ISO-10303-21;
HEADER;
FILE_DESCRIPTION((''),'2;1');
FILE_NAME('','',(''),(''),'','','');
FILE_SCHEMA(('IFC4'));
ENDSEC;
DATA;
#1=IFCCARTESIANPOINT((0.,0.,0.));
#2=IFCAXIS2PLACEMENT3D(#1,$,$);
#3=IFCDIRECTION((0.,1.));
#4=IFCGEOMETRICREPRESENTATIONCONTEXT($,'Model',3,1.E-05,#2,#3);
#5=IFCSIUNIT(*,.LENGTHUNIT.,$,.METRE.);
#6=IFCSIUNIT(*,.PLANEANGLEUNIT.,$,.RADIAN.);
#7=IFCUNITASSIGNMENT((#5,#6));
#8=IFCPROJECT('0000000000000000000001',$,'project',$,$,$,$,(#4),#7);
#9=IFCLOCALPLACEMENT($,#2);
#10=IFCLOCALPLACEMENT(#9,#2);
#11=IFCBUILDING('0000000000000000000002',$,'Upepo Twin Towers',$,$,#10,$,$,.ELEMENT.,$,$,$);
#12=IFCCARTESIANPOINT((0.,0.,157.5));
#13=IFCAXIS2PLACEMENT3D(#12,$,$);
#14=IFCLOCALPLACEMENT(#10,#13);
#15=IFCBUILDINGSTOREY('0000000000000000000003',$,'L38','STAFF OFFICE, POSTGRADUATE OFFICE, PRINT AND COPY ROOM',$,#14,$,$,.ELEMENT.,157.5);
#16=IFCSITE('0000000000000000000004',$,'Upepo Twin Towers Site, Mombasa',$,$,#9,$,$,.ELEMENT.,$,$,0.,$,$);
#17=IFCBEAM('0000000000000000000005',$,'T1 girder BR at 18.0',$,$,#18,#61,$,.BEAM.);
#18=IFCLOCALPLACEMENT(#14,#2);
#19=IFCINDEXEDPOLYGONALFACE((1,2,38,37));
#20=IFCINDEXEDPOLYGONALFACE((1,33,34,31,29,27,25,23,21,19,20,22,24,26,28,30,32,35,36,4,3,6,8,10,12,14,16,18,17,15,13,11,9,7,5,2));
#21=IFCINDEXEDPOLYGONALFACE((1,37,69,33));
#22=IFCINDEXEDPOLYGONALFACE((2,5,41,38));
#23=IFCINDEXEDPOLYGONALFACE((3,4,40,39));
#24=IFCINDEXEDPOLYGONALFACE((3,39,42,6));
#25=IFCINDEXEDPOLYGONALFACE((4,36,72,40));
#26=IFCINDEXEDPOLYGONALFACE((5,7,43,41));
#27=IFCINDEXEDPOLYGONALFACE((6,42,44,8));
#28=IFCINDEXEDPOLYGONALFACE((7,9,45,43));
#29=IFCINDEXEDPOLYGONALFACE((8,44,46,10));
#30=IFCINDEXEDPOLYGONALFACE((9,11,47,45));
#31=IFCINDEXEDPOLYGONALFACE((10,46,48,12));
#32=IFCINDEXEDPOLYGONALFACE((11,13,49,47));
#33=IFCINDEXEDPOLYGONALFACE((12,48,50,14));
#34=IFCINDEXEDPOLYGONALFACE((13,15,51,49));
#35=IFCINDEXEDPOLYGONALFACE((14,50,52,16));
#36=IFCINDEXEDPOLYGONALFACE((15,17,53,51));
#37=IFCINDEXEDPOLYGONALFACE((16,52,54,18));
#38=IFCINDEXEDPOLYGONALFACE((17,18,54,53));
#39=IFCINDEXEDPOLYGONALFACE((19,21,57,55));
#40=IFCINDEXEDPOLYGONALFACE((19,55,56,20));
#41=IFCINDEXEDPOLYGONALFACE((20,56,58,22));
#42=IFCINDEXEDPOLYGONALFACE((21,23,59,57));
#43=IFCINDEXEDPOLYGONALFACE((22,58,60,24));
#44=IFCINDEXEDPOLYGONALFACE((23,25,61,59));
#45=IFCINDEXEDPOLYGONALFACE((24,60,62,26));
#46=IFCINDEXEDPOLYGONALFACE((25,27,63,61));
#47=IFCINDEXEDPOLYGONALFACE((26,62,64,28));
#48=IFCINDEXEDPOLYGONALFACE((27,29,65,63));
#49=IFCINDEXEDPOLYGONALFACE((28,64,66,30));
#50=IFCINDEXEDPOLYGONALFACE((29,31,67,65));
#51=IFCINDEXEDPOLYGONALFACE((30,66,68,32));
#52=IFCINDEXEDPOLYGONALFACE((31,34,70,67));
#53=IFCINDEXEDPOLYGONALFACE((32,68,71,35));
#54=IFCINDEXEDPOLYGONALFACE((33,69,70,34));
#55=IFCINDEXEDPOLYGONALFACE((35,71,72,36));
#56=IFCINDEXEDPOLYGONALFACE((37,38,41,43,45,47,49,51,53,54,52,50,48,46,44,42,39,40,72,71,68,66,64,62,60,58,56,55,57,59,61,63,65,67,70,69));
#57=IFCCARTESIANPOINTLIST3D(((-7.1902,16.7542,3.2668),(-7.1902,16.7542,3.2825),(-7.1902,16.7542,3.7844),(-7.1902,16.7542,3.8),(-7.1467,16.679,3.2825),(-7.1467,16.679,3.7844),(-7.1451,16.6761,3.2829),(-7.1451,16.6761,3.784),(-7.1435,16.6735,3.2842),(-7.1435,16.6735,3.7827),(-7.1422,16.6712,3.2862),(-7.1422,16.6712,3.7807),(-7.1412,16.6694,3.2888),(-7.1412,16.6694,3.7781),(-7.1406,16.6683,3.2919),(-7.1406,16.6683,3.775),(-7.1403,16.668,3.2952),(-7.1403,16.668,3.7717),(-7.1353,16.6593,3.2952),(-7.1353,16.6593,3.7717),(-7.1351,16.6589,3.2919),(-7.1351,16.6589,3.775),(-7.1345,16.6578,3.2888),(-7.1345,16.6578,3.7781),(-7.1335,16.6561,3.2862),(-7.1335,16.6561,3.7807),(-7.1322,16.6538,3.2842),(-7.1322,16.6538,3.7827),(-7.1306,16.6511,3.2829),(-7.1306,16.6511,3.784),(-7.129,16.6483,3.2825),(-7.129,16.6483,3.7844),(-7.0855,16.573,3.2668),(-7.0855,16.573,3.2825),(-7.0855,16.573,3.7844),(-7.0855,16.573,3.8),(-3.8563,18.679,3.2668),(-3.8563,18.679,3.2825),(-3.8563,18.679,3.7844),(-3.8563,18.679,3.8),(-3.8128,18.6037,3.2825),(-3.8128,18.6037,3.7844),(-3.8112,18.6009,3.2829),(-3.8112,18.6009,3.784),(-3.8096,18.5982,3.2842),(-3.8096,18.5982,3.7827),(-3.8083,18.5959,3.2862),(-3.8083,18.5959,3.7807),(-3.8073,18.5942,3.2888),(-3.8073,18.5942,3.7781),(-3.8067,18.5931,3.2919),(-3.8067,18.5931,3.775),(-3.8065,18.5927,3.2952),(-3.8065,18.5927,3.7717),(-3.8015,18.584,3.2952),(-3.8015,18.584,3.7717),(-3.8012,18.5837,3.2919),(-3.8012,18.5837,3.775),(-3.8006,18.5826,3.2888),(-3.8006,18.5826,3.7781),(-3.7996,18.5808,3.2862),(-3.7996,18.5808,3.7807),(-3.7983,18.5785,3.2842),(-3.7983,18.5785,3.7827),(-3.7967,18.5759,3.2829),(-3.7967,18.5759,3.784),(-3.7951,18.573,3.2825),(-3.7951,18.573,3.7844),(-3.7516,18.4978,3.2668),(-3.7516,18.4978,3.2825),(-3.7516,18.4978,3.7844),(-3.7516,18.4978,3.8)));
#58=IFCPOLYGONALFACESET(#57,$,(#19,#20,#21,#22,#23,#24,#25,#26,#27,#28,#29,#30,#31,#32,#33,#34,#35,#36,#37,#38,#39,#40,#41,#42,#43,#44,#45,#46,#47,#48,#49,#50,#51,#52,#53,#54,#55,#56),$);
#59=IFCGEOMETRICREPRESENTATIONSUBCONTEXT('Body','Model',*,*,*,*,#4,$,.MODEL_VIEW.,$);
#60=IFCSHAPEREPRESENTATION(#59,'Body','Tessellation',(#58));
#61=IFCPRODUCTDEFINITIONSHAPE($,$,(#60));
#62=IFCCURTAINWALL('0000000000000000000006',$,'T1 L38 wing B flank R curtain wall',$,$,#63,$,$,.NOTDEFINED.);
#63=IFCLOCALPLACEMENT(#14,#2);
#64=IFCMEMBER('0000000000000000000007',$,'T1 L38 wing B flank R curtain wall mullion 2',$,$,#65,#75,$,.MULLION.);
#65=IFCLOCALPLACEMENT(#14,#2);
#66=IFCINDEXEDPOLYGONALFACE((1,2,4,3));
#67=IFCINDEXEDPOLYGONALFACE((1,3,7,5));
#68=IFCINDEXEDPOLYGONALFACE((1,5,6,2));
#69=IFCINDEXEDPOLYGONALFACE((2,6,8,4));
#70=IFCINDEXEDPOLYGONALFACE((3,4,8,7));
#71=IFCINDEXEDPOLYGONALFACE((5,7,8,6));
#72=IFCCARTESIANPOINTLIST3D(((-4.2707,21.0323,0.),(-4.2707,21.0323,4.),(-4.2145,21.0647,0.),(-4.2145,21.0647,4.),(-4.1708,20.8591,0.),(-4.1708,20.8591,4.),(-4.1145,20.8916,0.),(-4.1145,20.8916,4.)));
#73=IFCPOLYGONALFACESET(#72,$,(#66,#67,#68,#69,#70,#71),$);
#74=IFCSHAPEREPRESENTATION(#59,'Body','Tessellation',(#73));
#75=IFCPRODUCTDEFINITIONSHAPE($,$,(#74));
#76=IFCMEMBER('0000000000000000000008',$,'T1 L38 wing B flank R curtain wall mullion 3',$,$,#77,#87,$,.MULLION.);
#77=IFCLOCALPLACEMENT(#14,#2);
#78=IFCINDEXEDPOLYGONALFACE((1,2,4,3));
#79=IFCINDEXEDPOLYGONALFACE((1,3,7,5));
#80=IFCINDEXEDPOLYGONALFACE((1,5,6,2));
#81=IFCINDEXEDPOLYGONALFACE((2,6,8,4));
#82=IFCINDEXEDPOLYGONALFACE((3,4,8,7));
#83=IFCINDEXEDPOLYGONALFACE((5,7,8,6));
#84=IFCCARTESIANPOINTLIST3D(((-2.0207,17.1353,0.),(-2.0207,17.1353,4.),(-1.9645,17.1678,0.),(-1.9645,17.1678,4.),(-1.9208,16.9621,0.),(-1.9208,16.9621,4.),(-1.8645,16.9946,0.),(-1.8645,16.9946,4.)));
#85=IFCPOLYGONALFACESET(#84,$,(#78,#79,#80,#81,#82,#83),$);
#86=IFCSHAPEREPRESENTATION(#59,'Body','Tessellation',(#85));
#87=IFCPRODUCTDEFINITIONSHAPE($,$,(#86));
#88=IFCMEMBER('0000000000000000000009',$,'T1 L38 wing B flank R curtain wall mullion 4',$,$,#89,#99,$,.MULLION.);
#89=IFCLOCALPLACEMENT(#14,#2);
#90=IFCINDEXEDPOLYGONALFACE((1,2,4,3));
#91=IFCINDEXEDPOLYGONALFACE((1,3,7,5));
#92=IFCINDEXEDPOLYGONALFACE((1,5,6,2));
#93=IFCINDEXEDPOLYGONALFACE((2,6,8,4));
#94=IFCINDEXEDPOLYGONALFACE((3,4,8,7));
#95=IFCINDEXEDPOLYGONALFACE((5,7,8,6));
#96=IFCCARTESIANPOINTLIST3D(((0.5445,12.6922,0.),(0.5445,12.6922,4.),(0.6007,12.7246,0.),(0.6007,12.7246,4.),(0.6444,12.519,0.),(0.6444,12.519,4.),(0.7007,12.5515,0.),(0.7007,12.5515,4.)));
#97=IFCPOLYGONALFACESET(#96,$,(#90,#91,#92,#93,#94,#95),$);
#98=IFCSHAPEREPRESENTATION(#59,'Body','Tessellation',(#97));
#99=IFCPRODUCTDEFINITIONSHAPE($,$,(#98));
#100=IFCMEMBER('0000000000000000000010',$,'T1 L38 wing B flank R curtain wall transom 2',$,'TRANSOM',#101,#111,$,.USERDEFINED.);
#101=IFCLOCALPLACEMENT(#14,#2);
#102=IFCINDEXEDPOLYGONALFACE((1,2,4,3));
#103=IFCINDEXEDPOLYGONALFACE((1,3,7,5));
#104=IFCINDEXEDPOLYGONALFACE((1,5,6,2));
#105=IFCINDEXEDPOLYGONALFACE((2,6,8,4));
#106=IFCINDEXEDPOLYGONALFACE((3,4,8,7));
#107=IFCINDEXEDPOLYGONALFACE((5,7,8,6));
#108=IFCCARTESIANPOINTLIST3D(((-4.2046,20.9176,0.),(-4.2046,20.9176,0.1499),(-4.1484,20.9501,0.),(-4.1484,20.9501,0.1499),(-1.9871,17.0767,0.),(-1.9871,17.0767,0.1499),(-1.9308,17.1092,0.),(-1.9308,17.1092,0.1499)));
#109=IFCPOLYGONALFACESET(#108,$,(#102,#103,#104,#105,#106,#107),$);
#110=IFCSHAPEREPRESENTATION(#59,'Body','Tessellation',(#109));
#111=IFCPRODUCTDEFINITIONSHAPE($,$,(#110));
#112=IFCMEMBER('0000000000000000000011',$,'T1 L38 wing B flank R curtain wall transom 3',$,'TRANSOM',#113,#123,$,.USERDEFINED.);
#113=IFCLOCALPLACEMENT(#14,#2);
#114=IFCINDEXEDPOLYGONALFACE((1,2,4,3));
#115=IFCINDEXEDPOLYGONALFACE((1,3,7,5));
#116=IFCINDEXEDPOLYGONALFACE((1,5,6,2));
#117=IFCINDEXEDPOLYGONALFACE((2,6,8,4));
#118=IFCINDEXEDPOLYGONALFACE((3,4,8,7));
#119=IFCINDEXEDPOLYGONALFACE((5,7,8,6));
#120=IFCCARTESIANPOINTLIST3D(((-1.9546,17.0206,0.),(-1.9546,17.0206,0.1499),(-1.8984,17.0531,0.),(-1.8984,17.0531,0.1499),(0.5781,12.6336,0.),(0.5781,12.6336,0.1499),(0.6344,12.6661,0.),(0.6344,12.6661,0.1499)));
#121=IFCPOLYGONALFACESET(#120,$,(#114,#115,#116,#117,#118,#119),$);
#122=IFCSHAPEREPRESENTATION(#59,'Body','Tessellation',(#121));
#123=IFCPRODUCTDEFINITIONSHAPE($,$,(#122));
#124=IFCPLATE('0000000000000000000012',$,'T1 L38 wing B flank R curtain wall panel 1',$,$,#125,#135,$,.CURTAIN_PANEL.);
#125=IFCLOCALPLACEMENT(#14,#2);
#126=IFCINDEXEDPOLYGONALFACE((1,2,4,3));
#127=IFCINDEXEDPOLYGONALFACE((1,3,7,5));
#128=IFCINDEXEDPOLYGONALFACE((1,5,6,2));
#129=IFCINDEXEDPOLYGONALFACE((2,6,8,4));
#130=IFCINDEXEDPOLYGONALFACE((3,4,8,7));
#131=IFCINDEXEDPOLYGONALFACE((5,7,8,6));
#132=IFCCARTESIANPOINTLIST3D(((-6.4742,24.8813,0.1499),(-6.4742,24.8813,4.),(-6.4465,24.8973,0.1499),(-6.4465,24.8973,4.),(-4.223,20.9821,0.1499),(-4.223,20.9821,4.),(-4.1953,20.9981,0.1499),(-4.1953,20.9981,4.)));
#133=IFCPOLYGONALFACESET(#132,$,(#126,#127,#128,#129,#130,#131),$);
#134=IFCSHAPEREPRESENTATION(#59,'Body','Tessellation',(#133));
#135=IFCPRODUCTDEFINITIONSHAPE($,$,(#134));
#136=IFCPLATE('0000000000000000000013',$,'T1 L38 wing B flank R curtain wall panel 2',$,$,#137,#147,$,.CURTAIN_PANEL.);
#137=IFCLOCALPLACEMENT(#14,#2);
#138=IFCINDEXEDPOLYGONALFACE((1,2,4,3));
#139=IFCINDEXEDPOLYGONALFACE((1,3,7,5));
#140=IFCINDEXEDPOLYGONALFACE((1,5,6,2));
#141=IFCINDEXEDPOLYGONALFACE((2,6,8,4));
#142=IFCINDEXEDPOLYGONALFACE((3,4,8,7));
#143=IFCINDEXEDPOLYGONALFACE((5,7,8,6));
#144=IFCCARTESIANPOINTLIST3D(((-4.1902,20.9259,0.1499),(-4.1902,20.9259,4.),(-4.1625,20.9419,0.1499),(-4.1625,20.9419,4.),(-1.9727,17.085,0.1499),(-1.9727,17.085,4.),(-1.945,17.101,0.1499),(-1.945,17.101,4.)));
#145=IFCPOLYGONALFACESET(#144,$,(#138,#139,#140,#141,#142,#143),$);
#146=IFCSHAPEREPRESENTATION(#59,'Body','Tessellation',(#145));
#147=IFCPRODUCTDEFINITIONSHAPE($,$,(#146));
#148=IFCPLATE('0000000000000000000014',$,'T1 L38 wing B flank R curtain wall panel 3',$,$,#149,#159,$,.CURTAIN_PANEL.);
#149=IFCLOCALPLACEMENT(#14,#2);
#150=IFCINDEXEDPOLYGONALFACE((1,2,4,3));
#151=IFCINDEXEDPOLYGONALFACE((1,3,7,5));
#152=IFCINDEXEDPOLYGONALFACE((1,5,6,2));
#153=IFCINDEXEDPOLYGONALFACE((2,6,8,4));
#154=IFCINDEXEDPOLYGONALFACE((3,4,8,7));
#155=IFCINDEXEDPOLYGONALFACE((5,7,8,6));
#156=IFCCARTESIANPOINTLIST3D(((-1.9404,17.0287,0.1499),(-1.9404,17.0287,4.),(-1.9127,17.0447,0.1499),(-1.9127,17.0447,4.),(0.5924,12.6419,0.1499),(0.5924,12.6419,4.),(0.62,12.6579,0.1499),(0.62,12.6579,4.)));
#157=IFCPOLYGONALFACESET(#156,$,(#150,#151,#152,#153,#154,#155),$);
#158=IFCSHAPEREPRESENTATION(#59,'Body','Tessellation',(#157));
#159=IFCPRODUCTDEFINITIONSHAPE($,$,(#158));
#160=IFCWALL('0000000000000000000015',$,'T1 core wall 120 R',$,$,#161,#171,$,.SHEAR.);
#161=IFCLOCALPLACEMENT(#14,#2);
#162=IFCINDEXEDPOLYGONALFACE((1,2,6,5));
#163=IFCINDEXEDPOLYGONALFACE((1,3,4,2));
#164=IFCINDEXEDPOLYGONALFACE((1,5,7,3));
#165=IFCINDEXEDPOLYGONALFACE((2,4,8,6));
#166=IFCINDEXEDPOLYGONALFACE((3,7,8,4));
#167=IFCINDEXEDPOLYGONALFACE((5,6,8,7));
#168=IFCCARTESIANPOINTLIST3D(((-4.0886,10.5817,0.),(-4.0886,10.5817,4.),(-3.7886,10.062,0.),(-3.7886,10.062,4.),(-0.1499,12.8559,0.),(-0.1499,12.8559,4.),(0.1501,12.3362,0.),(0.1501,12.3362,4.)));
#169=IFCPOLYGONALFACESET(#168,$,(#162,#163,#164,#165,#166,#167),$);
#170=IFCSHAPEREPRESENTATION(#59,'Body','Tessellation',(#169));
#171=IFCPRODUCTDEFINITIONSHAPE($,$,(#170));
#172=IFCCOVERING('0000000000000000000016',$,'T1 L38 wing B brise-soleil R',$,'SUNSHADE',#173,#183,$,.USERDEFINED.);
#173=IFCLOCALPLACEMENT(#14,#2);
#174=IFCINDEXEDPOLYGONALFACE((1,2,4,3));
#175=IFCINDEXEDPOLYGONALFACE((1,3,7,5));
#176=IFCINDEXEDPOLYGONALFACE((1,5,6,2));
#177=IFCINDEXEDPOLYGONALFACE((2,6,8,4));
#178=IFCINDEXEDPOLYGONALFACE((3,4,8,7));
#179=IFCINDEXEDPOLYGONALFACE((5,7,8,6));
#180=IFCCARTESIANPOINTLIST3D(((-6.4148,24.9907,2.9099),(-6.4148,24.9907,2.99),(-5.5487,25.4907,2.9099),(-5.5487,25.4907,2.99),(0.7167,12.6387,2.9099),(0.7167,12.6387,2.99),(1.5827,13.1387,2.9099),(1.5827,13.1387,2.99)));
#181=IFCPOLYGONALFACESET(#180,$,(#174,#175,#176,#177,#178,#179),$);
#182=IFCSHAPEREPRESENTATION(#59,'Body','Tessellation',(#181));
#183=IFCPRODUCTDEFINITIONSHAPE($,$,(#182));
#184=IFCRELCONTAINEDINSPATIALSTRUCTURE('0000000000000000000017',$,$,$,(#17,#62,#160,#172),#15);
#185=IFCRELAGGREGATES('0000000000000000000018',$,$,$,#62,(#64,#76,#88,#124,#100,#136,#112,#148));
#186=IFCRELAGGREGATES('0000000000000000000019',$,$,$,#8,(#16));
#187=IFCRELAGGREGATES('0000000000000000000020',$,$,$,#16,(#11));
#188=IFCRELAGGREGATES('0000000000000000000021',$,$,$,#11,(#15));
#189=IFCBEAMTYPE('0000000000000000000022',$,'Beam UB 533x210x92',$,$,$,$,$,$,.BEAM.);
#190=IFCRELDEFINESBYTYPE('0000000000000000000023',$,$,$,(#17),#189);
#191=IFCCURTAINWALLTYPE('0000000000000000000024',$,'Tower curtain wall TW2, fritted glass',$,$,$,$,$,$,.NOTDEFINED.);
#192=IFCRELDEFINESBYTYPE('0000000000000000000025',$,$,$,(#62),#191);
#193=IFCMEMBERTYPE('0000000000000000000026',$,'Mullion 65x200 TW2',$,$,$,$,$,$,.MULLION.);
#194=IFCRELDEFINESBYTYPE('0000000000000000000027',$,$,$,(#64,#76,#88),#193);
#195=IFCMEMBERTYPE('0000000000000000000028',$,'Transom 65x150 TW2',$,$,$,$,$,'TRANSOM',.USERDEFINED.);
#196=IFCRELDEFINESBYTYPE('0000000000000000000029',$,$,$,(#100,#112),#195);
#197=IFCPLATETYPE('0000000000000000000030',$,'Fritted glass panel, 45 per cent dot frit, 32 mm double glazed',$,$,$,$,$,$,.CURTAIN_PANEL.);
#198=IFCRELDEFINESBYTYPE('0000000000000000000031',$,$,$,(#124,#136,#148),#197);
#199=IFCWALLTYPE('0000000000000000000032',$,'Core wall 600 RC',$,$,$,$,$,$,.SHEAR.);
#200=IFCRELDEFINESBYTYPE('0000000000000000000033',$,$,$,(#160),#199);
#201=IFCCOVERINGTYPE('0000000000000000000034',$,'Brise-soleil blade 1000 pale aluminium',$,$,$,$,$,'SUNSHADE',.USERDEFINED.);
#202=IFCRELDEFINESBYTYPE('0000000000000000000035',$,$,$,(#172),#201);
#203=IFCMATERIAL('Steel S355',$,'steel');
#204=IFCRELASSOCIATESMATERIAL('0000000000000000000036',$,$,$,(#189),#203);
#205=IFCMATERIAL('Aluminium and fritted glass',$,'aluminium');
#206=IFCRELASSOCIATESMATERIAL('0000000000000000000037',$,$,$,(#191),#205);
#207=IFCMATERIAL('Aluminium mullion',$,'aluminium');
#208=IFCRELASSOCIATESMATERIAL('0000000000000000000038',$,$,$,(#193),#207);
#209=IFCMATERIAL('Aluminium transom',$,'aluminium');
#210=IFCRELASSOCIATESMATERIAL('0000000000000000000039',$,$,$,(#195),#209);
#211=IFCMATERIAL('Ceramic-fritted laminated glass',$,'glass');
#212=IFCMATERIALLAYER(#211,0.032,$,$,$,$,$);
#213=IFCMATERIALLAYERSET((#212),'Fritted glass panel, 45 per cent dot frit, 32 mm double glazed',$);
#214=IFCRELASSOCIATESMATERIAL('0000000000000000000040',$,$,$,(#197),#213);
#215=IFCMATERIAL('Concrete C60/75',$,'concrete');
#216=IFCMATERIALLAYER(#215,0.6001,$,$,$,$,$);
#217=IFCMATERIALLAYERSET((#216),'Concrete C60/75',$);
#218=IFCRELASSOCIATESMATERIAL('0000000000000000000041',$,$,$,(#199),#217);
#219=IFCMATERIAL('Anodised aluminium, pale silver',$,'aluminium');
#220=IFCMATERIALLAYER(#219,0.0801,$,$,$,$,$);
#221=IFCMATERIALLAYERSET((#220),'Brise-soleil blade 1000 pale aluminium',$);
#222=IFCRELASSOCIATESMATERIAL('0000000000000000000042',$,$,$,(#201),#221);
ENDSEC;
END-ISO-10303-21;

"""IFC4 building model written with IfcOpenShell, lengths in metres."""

from ifc_helpers import new_model, si_unit, direction, frame, frame_2d, origin, origin_2d, place, context, subcontext, project, spatial, rectangle, i_section, extrude, material, layer, layer_set, material_profile, profile_set, type_object, element, aggregate, save


model = new_model("IFC4")

# Units and contexts
model_context = context("Model", 3, precision=1e-05, world=origin(), true_north=direction((0.0, 1.0)))
body_context = subcontext(model_context, "Body", "Model", "MODEL_VIEW")
ifc_project = project(units=[si_unit("LENGTHUNIT", "METRE"), si_unit("PLANEANGLEUNIT", "RADIAN")], contexts=[model_context])

# Site, building, storey
site_placement = place(None, origin())
site = spatial("IfcSite", under=ifc_project, at=site_placement, Name="Upepo Twin Towers Site, Mombasa", CompositionType="ELEMENT", RefElevation=0.0)
building_placement = place(site_placement, origin())
building = spatial("IfcBuilding", under=site, at=building_placement, Name="Upepo Twin Towers", CompositionType="ELEMENT")
storey_placement = place(building_placement, frame((0.0, 0.0, 157.5)))
storey = spatial("IfcBuildingStorey", under=building, at=storey_placement, Name="L38", Description="STAFF OFFICE, POSTGRADUATE OFFICE, PRINT AND COPY ROOM", CompositionType="ELEMENT", Elevation=157.5)

# Beam
ifc_material_1 = material(Name="Steel S355", Category="steel")
ifc_material_profile_1 = material_profile(ifc_material_1, i_section(OverallWidth=0.2092, OverallDepth=0.5332, WebThickness=0.01, FlangeThickness=0.0156, FilletRadius=0.0127, at=origin_2d()), Name="UB 533x210x92")
ifc_profile_set_1 = profile_set([ifc_material_profile_1], Name="Steel S355")
beam_type_1 = type_object("IfcBeamType", Name="Beam UB 533x210x92", PredefinedType="BEAM", material=ifc_profile_set_1)
beam_1_placement = place(storey_placement, frame((-3.804, 18.5884, 3.5334), z_axis=(-0.866034, -0.499986, 0.0), x_axis=(0.499986, -0.866034, 0.0)))
element("IfcBeam", 1, at=beam_1_placement, inside=storey, type_object=beam_type_1, Name="T1 girder BR at 18.0", PredefinedType="BEAM", context=body_context, shape_type="SweptSolid", body=[
    extrude(i_section(OverallWidth=0.2092, OverallDepth=0.5332, WebThickness=0.01, FlangeThickness=0.0156, FilletRadius=0.0127, at=origin_2d()), origin(), (0.0, 0.0, 1.0), 3.8496),
])

# Curtain wall, members, plates
ifc_material_2 = material(Name="Aluminium and fritted glass", Category="aluminium")
curtain_wall_type = type_object("IfcCurtainWallType", Name="Tower curtain wall TW2, fritted glass", PredefinedType="NOTDEFINED", material=ifc_material_2)
curtain_wall_placement = place(storey_placement, origin())
curtain_wall = element("IfcCurtainWall", 2, at=curtain_wall_placement, inside=storey, type_object=curtain_wall_type, Name="T1 L38 wing B flank R curtain wall", PredefinedType="NOTDEFINED")
ifc_material_3 = material(Name="Aluminium mullion", Category="aluminium")
ifc_material_profile_2 = material_profile(ifc_material_3, rectangle(XDim=0.0649, YDim=0.2, at=origin_2d()), Name="MULLION 65x200")
ifc_profile_set_2 = profile_set([ifc_material_profile_2], Name="Aluminium mullion")
member_type_1 = type_object("IfcMemberType", Name="Mullion 65x200 TW2", PredefinedType="MULLION", material=ifc_profile_set_2)
member_1_placement = place(storey_placement, frame((-4.1926, 20.9619, 0.0), z_axis=(0.0, 0.0, 1.0), x_axis=(0.866025, 0.5, 0.0)))
member_1 = element("IfcMember", 3, at=member_1_placement, type_object=member_type_1, Name="T1 L38 wing B flank R curtain wall mullion 2", PredefinedType="MULLION", context=body_context, shape_type="SweptSolid", body=[
    extrude(rectangle(XDim=0.0649, YDim=0.2, at=origin_2d()), origin(), (0.0, 0.0, 1.0), 4.0),
])
member_2_placement = place(storey_placement, frame((-1.9426, 17.0649, 0.0), z_axis=(0.0, 0.0, 1.0), x_axis=(0.866025, 0.5, 0.0)))
member_2 = element("IfcMember", 4, at=member_2_placement, type_object=member_type_1, Name="T1 L38 wing B flank R curtain wall mullion 3", PredefinedType="MULLION", context=body_context, shape_type="SweptSolid", body=[
    extrude(rectangle(XDim=0.0649, YDim=0.2, at=origin_2d()), origin(), (0.0, 0.0, 1.0), 4.0),
])
member_3_placement = place(storey_placement, frame((0.6226, 12.6218, 0.0), z_axis=(0.0, 0.0, 1.0), x_axis=(0.866025, 0.5, 0.0)))
member_3 = element("IfcMember", 5, at=member_3_placement, type_object=member_type_1, Name="T1 L38 wing B flank R curtain wall mullion 4", PredefinedType="MULLION", context=body_context, shape_type="SweptSolid", body=[
    extrude(rectangle(XDim=0.0649, YDim=0.2, at=origin_2d()), origin(), (0.0, 0.0, 1.0), 4.0),
])
ifc_material_4 = material(Name="Aluminium transom", Category="aluminium")
ifc_material_profile_3 = material_profile(ifc_material_4, rectangle(XDim=0.0649, YDim=0.1499, at=origin_2d()), Name="TRANSOM 65x150")
ifc_profile_set_3 = profile_set([ifc_material_profile_3], Name="Aluminium transom")
member_type_2 = type_object("IfcMemberType", Name="Transom 65x150 TW2", ElementType="TRANSOM", PredefinedType="USERDEFINED", material=ifc_profile_set_3)
member_4_placement = place(storey_placement, frame((-4.1765, 20.9338, 0.075), z_axis=(0.500005, -0.866022, 0.0), x_axis=(0.866022, 0.500005, 0.0)))
member_4 = element("IfcMember", 6, at=member_4_placement, type_object=member_type_2, Name="T1 L38 wing B flank R curtain wall transom 2", ObjectType="TRANSOM", PredefinedType="USERDEFINED", context=body_context, shape_type="SweptSolid", body=[
    extrude(rectangle(XDim=0.0649, YDim=0.1499, at=origin_2d()), origin(), (0.0, 0.0, 1.0), 4.4351),
])
member_5_placement = place(storey_placement, frame((-1.9265, 17.0369, 0.075), z_axis=(0.499985, -0.866034, 0.0), x_axis=(0.866034, 0.499985, 0.0)))
member_5 = element("IfcMember", 7, at=member_5_placement, type_object=member_type_2, Name="T1 L38 wing B flank R curtain wall transom 3", ObjectType="TRANSOM", PredefinedType="USERDEFINED", context=body_context, shape_type="SweptSolid", body=[
    extrude(rectangle(XDim=0.0649, YDim=0.1499, at=origin_2d()), origin(), (0.0, 0.0, 1.0), 5.0657),
])
ifc_material_5 = material(Name="Ceramic-fritted laminated glass", Category="glass")
ifc_layer_1 = layer(ifc_material_5, 0.032)
ifc_layer_set_1 = layer_set([ifc_layer_1], Name="Fritted glass panel, 45 per cent dot frit, 32 mm double glazed")
plate_type = type_object("IfcPlateType", Name="Fritted glass panel, 45 per cent dot frit, 32 mm double glazed", PredefinedType="CURTAIN_PANEL", material=ifc_layer_set_1)
plate_1_placement = place(storey_placement, frame((-5.3347, 22.9397, 0.1499), z_axis=(0.0, 0.0, 1.0), x_axis=(0.5, -0.866025, 0.0)))
plate_1 = element("IfcPlate", 8, at=plate_1_placement, type_object=plate_type, Name="T1 L38 wing B flank R curtain wall panel 1", PredefinedType="CURTAIN_PANEL", context=body_context, shape_type="SweptSolid", body=[
    extrude(rectangle(XDim=4.5024, YDim=0.032, at=origin_2d()), origin(), (0.0, 0.0, 1.0), 3.8501),
])
plate_2_placement = place(storey_placement, frame((-3.0676, 19.0134, 0.1499), z_axis=(0.0, 0.0, 1.0), x_axis=(0.5, -0.866025, 0.0)))
plate_2 = element("IfcPlate", 9, at=plate_2_placement, type_object=plate_type, Name="T1 L38 wing B flank R curtain wall panel 2", PredefinedType="CURTAIN_PANEL", context=body_context, shape_type="SweptSolid", body=[
    extrude(rectangle(XDim=4.4351, YDim=0.032, at=origin_2d()), origin(), (0.0, 0.0, 1.0), 3.8501),
])
plate_3_placement = place(storey_placement, frame((-0.6602, 14.8433, 0.1499), z_axis=(0.0, 0.0, 1.0), x_axis=(0.5, -0.866025, 0.0)))
plate_3 = element("IfcPlate", 10, at=plate_3_placement, type_object=plate_type, Name="T1 L38 wing B flank R curtain wall panel 3", PredefinedType="CURTAIN_PANEL", context=body_context, shape_type="SweptSolid", body=[
    extrude(rectangle(XDim=5.0654, YDim=0.032, at=origin_2d()), origin(), (0.0, 0.0, 1.0), 3.8501),
])
aggregate(curtain_wall, [member_1, member_2, member_3, plate_1, member_4, plate_2, member_5, plate_3])

# Wall
ifc_material_6 = material(Name="Concrete C60/75", Category="concrete")
ifc_layer_2 = layer(ifc_material_6, 0.6001)
ifc_layer_set_2 = layer_set([ifc_layer_2], Name="Concrete C60/75")
wall_type = type_object("IfcWallType", Name="Core wall 600 RC", PredefinedType="SHEAR", material=ifc_layer_set_2)
wall_placement = place(storey_placement, frame((0.0, 12.5959, 0.0), z_axis=(0.0, 0.0, 1.0), x_axis=(-0.866011, -0.500024, 0.0)))
element("IfcWall", 11, at=wall_placement, inside=storey, type_object=wall_type, Name="T1 core wall 120 R", PredefinedType="SHEAR", context=body_context, shape_type="SweptSolid", body=[
    extrude(rectangle(XDim=4.5481, YDim=0.6001, at=frame_2d((2.2739, 0.0))), origin(), (0.0, 0.0, 1.0), 4.0),
])

# Covering
ifc_material_7 = material(Name="Anodised aluminium, pale silver", Category="aluminium")
ifc_layer_3 = layer(ifc_material_7, 0.0801)
ifc_layer_set_3 = layer_set([ifc_layer_3], Name="Brise-soleil blade 1000 pale aluminium")
covering_type = type_object("IfcCoveringType", Name="Brise-soleil blade 1000 pale aluminium", ElementType="SUNSHADE", PredefinedType="USERDEFINED", material=ifc_layer_set_3)
covering_placement = place(storey_placement, frame((-2.416, 19.0647, 2.9099), z_axis=(0.0, 0.0, 1.0), x_axis=(-0.5, 0.866025, 0.0)))
element("IfcCovering", 12, at=covering_placement, inside=storey, type_object=covering_type, Name="T1 L38 wing B brise-soleil R", ObjectType="SUNSHADE", PredefinedType="USERDEFINED", context=body_context, shape_type="SweptSolid", body=[
    extrude(rectangle(XDim=14.2629, YDim=1.0, at=origin_2d()), origin(), (0.0, 0.0, 1.0), 0.0801),
])

save(model, "model.ifc")
